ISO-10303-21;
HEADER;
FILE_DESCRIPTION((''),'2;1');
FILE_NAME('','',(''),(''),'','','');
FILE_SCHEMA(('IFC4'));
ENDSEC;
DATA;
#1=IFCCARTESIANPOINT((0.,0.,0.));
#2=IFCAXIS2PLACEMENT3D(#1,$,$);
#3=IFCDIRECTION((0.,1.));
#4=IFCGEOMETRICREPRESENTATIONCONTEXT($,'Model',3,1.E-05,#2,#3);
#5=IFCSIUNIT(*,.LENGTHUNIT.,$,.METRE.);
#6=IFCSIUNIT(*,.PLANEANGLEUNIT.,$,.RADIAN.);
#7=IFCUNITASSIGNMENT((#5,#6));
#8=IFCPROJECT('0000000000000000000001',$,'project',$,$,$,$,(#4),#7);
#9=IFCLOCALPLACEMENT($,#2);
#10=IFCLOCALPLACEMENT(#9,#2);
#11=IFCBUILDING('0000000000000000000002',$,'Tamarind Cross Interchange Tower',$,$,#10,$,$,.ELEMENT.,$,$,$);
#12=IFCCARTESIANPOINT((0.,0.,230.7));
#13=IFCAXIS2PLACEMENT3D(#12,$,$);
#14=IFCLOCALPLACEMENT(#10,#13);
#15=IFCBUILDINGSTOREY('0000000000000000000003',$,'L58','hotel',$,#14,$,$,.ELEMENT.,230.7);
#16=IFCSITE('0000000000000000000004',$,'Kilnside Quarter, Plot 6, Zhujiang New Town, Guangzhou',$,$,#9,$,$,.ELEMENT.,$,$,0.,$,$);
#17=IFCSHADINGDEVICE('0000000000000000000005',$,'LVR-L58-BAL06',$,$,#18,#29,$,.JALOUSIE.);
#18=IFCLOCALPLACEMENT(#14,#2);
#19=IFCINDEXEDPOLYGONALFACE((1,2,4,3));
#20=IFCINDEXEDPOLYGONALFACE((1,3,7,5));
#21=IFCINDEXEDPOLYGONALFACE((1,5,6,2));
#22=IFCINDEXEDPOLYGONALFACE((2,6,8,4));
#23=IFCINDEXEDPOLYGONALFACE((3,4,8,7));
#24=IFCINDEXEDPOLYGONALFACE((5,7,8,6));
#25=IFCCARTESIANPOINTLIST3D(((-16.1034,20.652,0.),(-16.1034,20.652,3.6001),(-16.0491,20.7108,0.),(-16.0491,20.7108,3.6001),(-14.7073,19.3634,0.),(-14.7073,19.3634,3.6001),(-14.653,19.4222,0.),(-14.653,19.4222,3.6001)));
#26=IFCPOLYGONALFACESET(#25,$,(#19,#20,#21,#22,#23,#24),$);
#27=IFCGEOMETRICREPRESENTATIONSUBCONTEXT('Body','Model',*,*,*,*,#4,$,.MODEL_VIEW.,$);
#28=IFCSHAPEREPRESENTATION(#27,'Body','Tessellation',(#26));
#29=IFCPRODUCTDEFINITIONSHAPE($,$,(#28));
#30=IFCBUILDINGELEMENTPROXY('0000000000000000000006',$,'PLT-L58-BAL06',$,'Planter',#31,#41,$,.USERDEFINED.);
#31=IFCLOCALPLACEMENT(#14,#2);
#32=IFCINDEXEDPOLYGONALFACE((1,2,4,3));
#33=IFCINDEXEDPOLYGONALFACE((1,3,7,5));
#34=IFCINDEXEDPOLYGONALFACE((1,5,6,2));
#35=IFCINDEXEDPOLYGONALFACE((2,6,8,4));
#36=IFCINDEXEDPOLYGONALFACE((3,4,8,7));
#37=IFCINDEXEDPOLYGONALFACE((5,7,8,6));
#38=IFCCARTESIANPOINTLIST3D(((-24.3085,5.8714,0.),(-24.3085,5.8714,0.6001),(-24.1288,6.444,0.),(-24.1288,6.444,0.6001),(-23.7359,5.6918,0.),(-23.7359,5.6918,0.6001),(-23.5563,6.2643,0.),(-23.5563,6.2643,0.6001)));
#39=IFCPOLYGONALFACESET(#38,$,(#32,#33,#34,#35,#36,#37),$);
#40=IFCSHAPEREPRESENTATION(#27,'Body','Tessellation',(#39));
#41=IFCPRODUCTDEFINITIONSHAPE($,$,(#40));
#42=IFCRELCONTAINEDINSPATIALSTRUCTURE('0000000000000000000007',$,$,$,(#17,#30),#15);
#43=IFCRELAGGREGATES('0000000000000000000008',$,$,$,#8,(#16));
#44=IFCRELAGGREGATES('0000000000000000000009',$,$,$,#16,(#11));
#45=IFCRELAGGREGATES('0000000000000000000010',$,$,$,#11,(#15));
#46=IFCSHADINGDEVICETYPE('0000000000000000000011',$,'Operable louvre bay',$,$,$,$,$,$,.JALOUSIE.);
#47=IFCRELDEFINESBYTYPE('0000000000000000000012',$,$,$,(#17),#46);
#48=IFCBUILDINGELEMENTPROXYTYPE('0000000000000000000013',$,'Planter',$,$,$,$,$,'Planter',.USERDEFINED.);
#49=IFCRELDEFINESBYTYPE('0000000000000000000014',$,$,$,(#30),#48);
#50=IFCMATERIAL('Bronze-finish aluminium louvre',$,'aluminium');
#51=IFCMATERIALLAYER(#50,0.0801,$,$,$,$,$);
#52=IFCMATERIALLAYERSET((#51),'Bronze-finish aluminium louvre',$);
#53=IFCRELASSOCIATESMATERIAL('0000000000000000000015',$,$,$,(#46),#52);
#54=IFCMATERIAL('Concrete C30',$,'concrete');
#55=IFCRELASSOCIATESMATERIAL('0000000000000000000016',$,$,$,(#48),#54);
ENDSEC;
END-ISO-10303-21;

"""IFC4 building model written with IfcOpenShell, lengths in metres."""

from ifc_helpers import new_model, si_unit, direction, frame, origin, origin_2d, place, context, subcontext, project, spatial, rectangle, extrude, material, layer, layer_set, type_object, element, save


model = new_model("IFC4")

# Units and contexts
model_context = context("Model", 3, precision=1e-05, world=origin(), true_north=direction((0.0, 1.0)))
body_context = subcontext(model_context, "Body", "Model", "MODEL_VIEW")
ifc_project = project(units=[si_unit("LENGTHUNIT", "METRE"), si_unit("PLANEANGLEUNIT", "RADIAN")], contexts=[model_context])

# Site, building, storey
site_placement = place(None, origin())
site = spatial("IfcSite", under=ifc_project, at=site_placement, Name="Kilnside Quarter, Plot 6, Zhujiang New Town, Guangzhou", CompositionType="ELEMENT", RefElevation=0.0)
building_placement = place(site_placement, origin())
building = spatial("IfcBuilding", under=site, at=building_placement, Name="Tamarind Cross Interchange Tower", CompositionType="ELEMENT")
storey_placement = place(building_placement, frame((0.0, 0.0, 230.7)))
storey = spatial("IfcBuildingStorey", under=building, at=storey_placement, Name="L58", Description="hotel", CompositionType="ELEMENT", Elevation=230.7)

# Shading device
ifc_material_1 = material(Name="Bronze-finish aluminium louvre", Category="aluminium")
ifc_layer_1 = layer(ifc_material_1, 0.0801)
ifc_layer_set_1 = layer_set([ifc_layer_1], Name="Bronze-finish aluminium louvre")
shading_device_type = type_object("IfcShadingDeviceType", Name="Operable louvre bay", PredefinedType="JALOUSIE", material=ifc_layer_set_1)
shading_device_placement = place(storey_placement, origin())
element("IfcShadingDevice", 1, at=shading_device_placement, inside=storey, type_object=shading_device_type, Name="LVR-L58-BAL06", PredefinedType="JALOUSIE", context=body_context, shape_type="SweptSolid", body=[
    extrude(rectangle(XDim=1.8999, YDim=0.0801, at=origin_2d()), frame((-15.3782, 20.0371, 0.0), z_axis=(0.0, 0.0, 1.0), x_axis=(-0.734845, 0.678235, 0.0)), (0.0, 0.0, 1.0), 3.6001),
])

# Building element proxy
ifc_material_2 = material(Name="Concrete C30", Category="concrete")
building_element_proxy_type = type_object("IfcBuildingElementProxyType", Name="Planter", ElementType="Planter", PredefinedType="USERDEFINED", material=ifc_material_2)
proxy_placement = place(storey_placement, origin())
element("IfcBuildingElementProxy", 2, at=proxy_placement, inside=storey, type_object=building_element_proxy_type, Name="PLT-L58-BAL06", ObjectType="Planter", PredefinedType="USERDEFINED", context=body_context, shape_type="SweptSolid", body=[
    extrude(rectangle(XDim=0.6001, YDim=0.6001, at=origin_2d()), frame((-23.9324, 6.0679, 0.0), z_axis=(0.0, 0.0, 1.0), x_axis=(-0.299407, -0.954125, 0.0)), (0.0, 0.0, 1.0), 0.6001),
])

save(model, "model.ifc")
